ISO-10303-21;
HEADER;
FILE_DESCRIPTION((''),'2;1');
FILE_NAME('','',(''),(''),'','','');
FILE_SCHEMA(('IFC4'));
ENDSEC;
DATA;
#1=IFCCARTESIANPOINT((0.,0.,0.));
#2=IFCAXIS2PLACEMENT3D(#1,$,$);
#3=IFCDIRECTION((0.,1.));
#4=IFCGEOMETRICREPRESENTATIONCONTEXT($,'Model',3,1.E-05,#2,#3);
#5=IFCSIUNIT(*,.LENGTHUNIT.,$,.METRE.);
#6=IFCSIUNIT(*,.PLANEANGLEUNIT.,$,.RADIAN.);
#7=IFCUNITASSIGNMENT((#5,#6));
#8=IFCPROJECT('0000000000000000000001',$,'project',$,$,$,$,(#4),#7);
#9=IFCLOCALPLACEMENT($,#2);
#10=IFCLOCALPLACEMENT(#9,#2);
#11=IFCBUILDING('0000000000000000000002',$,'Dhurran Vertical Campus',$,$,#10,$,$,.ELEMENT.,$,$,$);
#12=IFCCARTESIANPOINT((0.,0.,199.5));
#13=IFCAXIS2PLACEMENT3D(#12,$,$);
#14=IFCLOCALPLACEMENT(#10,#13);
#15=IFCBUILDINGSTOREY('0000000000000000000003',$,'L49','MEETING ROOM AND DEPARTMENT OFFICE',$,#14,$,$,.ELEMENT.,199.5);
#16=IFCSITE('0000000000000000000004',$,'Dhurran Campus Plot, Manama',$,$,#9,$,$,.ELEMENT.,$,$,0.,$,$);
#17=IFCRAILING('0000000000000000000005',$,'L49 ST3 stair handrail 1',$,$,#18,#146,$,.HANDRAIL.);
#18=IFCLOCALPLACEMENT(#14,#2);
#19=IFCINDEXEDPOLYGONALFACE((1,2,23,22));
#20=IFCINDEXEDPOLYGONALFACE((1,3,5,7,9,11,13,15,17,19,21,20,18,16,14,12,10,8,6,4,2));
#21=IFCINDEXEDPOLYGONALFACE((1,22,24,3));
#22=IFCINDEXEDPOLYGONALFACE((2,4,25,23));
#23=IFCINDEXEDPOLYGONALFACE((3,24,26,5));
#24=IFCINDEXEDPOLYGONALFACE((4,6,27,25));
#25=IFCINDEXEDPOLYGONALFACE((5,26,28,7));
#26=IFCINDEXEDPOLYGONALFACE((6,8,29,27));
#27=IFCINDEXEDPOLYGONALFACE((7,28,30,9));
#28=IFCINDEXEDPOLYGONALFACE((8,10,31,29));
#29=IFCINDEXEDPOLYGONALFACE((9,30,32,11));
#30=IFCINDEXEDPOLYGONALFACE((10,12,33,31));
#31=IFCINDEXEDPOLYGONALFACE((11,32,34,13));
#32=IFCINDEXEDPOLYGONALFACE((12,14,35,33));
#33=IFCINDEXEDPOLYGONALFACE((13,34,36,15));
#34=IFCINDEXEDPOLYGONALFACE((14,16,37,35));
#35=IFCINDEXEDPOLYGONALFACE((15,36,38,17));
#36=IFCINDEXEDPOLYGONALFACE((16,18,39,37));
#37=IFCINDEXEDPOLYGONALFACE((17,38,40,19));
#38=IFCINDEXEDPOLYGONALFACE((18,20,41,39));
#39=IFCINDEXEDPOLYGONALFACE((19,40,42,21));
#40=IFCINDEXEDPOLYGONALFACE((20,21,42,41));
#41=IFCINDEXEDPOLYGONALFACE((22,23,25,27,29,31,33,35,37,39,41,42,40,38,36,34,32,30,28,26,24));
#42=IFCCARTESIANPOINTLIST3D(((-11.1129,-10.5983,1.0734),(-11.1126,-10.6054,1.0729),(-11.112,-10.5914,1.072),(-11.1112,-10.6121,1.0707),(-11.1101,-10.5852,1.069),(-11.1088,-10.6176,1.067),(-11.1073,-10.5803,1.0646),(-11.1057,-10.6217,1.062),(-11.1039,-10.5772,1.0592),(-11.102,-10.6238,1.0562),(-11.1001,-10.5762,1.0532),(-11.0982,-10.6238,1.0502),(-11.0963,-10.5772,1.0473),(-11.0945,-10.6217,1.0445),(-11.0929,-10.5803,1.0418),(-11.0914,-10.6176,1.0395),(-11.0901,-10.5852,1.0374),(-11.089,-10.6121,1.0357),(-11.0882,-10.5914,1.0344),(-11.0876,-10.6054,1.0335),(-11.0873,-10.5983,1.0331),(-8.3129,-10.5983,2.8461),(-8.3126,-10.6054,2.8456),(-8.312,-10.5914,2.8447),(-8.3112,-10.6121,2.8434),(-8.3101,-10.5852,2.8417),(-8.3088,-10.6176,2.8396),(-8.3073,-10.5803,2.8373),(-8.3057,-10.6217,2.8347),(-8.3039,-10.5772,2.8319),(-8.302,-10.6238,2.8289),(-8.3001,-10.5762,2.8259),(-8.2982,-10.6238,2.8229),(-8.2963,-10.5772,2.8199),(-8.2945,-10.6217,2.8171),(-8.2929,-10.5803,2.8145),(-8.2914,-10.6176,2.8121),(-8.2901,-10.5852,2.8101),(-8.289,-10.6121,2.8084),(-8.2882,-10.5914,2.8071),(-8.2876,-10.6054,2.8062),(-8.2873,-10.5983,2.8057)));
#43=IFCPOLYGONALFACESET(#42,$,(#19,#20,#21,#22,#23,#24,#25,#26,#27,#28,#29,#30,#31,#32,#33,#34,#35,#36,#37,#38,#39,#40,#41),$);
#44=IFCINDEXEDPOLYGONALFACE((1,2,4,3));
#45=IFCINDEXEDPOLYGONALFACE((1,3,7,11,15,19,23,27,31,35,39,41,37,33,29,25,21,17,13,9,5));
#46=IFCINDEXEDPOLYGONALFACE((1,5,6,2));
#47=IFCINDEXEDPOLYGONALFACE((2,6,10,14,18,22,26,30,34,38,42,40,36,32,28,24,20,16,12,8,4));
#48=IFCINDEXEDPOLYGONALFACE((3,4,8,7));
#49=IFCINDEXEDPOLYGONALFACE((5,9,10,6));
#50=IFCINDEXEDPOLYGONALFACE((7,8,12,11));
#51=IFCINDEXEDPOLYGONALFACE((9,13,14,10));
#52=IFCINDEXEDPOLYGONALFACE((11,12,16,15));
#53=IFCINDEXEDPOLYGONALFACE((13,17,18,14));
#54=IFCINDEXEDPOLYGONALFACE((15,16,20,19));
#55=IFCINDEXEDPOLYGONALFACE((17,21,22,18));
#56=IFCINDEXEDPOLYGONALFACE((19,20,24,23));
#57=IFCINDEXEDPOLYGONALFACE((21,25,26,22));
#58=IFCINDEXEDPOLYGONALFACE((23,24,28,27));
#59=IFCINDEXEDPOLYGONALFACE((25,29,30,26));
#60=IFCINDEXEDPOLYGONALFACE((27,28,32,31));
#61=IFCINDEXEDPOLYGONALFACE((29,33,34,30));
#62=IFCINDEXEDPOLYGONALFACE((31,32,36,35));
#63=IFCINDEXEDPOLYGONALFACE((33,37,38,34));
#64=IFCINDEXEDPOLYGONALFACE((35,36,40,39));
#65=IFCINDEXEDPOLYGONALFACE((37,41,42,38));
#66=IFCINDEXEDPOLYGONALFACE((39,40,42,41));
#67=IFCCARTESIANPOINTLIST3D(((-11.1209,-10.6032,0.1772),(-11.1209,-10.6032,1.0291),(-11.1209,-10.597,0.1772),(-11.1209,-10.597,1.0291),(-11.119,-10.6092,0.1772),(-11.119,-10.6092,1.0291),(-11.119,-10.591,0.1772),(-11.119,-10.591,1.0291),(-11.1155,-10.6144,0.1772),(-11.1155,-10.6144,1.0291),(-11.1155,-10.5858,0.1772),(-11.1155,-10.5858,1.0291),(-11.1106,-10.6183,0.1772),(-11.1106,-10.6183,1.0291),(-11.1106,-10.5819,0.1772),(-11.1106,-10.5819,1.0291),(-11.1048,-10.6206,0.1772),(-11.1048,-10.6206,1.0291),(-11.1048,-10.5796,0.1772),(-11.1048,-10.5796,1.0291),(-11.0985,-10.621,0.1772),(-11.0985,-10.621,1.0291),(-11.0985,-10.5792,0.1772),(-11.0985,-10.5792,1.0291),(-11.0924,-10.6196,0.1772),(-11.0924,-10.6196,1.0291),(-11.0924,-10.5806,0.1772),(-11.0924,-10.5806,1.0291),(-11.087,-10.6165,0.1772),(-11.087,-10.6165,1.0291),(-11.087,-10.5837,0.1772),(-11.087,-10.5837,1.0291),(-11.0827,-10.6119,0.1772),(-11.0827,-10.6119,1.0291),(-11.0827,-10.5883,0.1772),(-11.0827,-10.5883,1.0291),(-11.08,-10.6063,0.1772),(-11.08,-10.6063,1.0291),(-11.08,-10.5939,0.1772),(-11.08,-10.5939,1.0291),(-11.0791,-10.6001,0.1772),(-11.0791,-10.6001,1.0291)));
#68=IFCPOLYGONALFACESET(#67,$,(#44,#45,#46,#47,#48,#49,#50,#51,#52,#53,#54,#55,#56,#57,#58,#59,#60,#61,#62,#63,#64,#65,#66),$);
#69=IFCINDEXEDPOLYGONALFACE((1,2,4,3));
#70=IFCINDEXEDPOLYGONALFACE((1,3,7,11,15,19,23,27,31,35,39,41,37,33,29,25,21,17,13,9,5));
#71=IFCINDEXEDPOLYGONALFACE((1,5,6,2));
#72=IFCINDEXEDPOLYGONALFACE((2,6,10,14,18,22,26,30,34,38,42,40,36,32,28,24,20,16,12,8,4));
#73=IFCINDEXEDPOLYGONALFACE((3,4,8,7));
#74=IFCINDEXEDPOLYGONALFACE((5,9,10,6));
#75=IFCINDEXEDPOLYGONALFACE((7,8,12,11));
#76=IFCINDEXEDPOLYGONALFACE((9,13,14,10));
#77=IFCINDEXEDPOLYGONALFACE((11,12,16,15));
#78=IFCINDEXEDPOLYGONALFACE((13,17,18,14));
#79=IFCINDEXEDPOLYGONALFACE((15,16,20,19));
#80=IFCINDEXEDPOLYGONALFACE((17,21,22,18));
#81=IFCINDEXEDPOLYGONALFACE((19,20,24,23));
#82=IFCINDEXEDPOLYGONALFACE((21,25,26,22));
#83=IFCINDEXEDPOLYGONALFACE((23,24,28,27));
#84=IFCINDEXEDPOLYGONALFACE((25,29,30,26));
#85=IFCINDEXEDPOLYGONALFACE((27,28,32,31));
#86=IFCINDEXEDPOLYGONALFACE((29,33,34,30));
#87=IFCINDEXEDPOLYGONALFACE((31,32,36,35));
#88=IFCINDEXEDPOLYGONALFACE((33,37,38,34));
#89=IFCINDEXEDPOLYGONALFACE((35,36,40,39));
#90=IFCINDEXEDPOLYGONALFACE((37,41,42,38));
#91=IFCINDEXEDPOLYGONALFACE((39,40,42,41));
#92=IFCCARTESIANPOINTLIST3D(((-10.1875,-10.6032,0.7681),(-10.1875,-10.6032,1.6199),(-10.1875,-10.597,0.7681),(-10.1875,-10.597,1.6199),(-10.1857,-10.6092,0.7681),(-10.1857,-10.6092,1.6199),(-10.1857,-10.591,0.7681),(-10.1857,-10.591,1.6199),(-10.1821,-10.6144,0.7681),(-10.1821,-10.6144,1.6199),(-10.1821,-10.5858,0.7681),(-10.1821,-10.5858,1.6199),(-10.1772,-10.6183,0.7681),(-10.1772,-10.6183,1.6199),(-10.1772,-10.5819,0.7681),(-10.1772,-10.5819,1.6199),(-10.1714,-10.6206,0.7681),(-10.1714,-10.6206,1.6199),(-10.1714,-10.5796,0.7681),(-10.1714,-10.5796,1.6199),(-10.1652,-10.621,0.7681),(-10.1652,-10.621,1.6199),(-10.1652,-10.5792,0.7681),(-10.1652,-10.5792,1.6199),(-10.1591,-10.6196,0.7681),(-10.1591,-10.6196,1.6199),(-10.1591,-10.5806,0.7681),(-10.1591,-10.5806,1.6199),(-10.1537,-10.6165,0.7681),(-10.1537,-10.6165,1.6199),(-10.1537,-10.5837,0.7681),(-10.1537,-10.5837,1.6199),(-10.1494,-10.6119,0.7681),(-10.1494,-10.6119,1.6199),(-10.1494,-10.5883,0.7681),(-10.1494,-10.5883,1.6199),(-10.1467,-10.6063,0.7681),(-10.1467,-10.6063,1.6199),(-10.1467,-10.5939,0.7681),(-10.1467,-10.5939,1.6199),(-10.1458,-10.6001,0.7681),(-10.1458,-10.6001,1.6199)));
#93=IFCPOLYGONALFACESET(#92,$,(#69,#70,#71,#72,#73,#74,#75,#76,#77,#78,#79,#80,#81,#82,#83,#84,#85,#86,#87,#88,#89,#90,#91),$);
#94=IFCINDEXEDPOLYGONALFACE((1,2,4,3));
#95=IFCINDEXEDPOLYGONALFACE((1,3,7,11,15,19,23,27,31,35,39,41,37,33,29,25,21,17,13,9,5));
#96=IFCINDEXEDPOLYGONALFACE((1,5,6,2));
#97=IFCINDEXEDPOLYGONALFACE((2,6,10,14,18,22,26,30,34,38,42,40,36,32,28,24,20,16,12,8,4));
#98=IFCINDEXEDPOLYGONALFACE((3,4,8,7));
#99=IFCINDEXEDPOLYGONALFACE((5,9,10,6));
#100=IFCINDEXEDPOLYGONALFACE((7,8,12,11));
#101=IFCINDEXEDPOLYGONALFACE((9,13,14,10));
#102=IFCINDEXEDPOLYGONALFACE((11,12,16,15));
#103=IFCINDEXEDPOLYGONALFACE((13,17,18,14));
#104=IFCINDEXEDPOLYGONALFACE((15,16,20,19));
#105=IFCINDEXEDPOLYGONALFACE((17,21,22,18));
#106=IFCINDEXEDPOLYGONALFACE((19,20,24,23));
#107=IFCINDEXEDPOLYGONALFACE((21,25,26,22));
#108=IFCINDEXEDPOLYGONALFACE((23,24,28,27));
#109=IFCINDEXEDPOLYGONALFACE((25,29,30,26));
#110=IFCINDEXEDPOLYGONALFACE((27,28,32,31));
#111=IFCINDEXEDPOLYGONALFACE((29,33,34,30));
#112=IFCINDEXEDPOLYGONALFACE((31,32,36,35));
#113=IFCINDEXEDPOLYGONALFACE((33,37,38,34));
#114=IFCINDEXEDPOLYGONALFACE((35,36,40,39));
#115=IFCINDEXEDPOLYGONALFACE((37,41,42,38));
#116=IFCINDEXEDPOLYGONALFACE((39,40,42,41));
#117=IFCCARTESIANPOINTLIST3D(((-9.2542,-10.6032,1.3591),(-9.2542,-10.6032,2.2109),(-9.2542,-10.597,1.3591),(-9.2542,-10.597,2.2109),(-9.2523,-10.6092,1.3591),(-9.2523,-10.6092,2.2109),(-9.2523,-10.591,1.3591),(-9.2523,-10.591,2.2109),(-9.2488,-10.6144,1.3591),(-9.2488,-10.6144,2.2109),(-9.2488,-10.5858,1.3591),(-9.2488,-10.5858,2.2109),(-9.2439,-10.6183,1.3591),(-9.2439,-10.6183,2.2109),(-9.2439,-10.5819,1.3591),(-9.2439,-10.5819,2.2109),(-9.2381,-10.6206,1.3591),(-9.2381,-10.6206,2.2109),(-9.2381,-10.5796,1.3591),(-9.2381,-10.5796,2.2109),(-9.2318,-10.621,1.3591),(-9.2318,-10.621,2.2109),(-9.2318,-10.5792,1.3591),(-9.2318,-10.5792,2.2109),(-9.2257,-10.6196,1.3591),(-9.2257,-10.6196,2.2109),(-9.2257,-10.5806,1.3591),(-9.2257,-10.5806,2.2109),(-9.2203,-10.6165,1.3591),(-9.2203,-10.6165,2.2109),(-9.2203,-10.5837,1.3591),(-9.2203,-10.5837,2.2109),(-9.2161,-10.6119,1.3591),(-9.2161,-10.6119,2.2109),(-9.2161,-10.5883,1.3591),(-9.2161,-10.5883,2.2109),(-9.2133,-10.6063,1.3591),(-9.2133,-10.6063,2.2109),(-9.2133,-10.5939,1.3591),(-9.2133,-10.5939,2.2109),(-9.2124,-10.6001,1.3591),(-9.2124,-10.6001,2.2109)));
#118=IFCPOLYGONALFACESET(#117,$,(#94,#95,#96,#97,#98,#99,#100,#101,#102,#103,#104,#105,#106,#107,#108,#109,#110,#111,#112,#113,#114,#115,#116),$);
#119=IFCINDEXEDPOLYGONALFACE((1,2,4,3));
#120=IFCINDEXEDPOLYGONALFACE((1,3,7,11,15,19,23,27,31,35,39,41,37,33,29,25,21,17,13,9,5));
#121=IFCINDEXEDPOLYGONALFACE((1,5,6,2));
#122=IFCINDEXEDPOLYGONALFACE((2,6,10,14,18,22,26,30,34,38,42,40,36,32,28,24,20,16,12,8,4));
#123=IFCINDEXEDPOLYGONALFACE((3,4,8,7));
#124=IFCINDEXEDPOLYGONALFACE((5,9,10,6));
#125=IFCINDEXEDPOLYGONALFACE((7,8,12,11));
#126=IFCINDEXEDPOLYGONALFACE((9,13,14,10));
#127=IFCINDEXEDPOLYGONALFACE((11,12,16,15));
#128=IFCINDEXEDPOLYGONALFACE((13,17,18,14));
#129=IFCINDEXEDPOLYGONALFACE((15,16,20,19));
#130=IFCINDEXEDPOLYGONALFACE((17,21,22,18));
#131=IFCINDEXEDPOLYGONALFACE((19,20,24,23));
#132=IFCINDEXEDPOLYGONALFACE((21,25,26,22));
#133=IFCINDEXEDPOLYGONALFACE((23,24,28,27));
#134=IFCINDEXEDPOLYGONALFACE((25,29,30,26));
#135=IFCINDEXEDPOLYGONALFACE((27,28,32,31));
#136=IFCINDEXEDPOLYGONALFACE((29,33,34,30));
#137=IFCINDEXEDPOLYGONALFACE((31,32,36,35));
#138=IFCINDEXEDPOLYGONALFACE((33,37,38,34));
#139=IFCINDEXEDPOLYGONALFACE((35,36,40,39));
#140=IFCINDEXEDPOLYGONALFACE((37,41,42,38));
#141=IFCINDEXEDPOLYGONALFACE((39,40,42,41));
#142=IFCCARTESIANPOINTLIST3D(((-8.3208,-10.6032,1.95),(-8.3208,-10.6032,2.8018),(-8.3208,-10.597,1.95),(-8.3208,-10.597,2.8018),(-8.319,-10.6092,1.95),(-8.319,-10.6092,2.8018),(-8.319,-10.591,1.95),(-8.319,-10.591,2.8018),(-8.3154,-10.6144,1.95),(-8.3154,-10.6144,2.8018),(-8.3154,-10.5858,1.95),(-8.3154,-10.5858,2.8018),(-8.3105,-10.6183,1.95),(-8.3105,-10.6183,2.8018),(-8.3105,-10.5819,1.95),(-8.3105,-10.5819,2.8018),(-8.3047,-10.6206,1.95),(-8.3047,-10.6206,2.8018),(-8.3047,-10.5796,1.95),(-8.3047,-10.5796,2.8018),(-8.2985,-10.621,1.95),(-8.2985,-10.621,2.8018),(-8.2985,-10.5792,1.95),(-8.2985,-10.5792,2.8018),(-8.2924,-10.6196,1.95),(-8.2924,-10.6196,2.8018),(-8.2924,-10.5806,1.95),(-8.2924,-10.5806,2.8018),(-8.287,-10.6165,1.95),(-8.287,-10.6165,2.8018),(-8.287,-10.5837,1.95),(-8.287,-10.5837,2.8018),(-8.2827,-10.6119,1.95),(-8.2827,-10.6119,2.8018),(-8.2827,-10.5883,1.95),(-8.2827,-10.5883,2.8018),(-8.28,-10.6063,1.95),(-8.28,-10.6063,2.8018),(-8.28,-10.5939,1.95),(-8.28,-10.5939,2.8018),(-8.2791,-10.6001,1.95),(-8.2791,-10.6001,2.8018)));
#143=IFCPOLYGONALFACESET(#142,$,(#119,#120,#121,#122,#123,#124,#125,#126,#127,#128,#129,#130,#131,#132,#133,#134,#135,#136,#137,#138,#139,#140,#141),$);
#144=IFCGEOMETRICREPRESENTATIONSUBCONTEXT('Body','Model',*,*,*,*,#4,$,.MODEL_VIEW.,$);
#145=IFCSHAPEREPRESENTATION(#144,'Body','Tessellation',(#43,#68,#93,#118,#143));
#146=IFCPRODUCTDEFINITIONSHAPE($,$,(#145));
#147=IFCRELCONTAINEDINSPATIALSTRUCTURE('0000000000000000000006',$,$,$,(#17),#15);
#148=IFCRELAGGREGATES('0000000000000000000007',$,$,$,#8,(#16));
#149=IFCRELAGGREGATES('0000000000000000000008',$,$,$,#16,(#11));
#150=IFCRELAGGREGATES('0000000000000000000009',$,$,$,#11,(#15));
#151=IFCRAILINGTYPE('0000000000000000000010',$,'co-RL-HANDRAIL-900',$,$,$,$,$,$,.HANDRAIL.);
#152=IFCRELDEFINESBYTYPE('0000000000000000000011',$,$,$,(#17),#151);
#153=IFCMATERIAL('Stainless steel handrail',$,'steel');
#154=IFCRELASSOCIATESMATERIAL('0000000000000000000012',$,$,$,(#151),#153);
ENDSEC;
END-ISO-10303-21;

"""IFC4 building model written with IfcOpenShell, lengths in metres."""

from ifc_helpers import new_model, si_unit, direction, frame, origin, origin_2d, place, context, subcontext, project, spatial, circle, extrude, material, type_object, element, save


model = new_model("IFC4")

# Units and contexts
model_context = context("Model", 3, precision=1e-05, world=origin(), true_north=direction((0.0, 1.0)))
body_context = subcontext(model_context, "Body", "Model", "MODEL_VIEW")
ifc_project = project(units=[si_unit("LENGTHUNIT", "METRE"), si_unit("PLANEANGLEUNIT", "RADIAN")], contexts=[model_context])

# Site, building, storey
site_placement = place(None, origin())
site = spatial("IfcSite", under=ifc_project, at=site_placement, Name="Dhurran Campus Plot, Manama", CompositionType="ELEMENT", RefElevation=0.0)
building_placement = place(site_placement, origin())
building = spatial("IfcBuilding", under=site, at=building_placement, Name="Dhurran Vertical Campus", CompositionType="ELEMENT")
storey_placement = place(building_placement, frame((0.0, 0.0, 199.5)))
storey = spatial("IfcBuildingStorey", under=building, at=storey_placement, Name="L49", Description="MEETING ROOM AND DEPARTMENT OFFICE", CompositionType="ELEMENT", Elevation=199.5)

# Railing
ifc_material_1 = material(Name="Stainless steel handrail", Category="steel")
railing_type_1 = type_object("IfcRailingType", Name="co-RL-HANDRAIL-900", PredefinedType="HANDRAIL", material=ifc_material_1)
railing_1_placement = place(storey_placement, frame((-11.1001, -10.6001, 0.1772)))
element("IfcRailing", 1, at=railing_1_placement, inside=storey, type_object=railing_type_1, Name="L49 ST3 stair handrail 1", PredefinedType="HANDRAIL", context=body_context, shape_type="SweptSolid", body=[
    extrude(circle(Radius=0.0239, at=origin_2d()), frame((0.0, 0.0, 0.876), z_axis=(0.844909, 0.0, 0.53491), x_axis=(0.0, 1.0, 0.0)), (0.0, 0.0, 1.0), 3.314),
    extrude(circle(Radius=0.021, at=origin_2d()), origin(), (0.0, 0.0, 1.0), 0.8518),
    extrude(circle(Radius=0.021, at=origin_2d()), frame((0.9333, 0.0, 0.5908)), (0.0, 0.0, 1.0), 0.8518),
    extrude(circle(Radius=0.021, at=origin_2d()), frame((1.8667, 0.0, 1.1819)), (0.0, 0.0, 1.0), 0.8518),
    extrude(circle(Radius=0.021, at=origin_2d()), frame((2.8, 0.0, 1.7727)), (0.0, 0.0, 1.0), 0.8518),
])

save(model, "model.ifc")
